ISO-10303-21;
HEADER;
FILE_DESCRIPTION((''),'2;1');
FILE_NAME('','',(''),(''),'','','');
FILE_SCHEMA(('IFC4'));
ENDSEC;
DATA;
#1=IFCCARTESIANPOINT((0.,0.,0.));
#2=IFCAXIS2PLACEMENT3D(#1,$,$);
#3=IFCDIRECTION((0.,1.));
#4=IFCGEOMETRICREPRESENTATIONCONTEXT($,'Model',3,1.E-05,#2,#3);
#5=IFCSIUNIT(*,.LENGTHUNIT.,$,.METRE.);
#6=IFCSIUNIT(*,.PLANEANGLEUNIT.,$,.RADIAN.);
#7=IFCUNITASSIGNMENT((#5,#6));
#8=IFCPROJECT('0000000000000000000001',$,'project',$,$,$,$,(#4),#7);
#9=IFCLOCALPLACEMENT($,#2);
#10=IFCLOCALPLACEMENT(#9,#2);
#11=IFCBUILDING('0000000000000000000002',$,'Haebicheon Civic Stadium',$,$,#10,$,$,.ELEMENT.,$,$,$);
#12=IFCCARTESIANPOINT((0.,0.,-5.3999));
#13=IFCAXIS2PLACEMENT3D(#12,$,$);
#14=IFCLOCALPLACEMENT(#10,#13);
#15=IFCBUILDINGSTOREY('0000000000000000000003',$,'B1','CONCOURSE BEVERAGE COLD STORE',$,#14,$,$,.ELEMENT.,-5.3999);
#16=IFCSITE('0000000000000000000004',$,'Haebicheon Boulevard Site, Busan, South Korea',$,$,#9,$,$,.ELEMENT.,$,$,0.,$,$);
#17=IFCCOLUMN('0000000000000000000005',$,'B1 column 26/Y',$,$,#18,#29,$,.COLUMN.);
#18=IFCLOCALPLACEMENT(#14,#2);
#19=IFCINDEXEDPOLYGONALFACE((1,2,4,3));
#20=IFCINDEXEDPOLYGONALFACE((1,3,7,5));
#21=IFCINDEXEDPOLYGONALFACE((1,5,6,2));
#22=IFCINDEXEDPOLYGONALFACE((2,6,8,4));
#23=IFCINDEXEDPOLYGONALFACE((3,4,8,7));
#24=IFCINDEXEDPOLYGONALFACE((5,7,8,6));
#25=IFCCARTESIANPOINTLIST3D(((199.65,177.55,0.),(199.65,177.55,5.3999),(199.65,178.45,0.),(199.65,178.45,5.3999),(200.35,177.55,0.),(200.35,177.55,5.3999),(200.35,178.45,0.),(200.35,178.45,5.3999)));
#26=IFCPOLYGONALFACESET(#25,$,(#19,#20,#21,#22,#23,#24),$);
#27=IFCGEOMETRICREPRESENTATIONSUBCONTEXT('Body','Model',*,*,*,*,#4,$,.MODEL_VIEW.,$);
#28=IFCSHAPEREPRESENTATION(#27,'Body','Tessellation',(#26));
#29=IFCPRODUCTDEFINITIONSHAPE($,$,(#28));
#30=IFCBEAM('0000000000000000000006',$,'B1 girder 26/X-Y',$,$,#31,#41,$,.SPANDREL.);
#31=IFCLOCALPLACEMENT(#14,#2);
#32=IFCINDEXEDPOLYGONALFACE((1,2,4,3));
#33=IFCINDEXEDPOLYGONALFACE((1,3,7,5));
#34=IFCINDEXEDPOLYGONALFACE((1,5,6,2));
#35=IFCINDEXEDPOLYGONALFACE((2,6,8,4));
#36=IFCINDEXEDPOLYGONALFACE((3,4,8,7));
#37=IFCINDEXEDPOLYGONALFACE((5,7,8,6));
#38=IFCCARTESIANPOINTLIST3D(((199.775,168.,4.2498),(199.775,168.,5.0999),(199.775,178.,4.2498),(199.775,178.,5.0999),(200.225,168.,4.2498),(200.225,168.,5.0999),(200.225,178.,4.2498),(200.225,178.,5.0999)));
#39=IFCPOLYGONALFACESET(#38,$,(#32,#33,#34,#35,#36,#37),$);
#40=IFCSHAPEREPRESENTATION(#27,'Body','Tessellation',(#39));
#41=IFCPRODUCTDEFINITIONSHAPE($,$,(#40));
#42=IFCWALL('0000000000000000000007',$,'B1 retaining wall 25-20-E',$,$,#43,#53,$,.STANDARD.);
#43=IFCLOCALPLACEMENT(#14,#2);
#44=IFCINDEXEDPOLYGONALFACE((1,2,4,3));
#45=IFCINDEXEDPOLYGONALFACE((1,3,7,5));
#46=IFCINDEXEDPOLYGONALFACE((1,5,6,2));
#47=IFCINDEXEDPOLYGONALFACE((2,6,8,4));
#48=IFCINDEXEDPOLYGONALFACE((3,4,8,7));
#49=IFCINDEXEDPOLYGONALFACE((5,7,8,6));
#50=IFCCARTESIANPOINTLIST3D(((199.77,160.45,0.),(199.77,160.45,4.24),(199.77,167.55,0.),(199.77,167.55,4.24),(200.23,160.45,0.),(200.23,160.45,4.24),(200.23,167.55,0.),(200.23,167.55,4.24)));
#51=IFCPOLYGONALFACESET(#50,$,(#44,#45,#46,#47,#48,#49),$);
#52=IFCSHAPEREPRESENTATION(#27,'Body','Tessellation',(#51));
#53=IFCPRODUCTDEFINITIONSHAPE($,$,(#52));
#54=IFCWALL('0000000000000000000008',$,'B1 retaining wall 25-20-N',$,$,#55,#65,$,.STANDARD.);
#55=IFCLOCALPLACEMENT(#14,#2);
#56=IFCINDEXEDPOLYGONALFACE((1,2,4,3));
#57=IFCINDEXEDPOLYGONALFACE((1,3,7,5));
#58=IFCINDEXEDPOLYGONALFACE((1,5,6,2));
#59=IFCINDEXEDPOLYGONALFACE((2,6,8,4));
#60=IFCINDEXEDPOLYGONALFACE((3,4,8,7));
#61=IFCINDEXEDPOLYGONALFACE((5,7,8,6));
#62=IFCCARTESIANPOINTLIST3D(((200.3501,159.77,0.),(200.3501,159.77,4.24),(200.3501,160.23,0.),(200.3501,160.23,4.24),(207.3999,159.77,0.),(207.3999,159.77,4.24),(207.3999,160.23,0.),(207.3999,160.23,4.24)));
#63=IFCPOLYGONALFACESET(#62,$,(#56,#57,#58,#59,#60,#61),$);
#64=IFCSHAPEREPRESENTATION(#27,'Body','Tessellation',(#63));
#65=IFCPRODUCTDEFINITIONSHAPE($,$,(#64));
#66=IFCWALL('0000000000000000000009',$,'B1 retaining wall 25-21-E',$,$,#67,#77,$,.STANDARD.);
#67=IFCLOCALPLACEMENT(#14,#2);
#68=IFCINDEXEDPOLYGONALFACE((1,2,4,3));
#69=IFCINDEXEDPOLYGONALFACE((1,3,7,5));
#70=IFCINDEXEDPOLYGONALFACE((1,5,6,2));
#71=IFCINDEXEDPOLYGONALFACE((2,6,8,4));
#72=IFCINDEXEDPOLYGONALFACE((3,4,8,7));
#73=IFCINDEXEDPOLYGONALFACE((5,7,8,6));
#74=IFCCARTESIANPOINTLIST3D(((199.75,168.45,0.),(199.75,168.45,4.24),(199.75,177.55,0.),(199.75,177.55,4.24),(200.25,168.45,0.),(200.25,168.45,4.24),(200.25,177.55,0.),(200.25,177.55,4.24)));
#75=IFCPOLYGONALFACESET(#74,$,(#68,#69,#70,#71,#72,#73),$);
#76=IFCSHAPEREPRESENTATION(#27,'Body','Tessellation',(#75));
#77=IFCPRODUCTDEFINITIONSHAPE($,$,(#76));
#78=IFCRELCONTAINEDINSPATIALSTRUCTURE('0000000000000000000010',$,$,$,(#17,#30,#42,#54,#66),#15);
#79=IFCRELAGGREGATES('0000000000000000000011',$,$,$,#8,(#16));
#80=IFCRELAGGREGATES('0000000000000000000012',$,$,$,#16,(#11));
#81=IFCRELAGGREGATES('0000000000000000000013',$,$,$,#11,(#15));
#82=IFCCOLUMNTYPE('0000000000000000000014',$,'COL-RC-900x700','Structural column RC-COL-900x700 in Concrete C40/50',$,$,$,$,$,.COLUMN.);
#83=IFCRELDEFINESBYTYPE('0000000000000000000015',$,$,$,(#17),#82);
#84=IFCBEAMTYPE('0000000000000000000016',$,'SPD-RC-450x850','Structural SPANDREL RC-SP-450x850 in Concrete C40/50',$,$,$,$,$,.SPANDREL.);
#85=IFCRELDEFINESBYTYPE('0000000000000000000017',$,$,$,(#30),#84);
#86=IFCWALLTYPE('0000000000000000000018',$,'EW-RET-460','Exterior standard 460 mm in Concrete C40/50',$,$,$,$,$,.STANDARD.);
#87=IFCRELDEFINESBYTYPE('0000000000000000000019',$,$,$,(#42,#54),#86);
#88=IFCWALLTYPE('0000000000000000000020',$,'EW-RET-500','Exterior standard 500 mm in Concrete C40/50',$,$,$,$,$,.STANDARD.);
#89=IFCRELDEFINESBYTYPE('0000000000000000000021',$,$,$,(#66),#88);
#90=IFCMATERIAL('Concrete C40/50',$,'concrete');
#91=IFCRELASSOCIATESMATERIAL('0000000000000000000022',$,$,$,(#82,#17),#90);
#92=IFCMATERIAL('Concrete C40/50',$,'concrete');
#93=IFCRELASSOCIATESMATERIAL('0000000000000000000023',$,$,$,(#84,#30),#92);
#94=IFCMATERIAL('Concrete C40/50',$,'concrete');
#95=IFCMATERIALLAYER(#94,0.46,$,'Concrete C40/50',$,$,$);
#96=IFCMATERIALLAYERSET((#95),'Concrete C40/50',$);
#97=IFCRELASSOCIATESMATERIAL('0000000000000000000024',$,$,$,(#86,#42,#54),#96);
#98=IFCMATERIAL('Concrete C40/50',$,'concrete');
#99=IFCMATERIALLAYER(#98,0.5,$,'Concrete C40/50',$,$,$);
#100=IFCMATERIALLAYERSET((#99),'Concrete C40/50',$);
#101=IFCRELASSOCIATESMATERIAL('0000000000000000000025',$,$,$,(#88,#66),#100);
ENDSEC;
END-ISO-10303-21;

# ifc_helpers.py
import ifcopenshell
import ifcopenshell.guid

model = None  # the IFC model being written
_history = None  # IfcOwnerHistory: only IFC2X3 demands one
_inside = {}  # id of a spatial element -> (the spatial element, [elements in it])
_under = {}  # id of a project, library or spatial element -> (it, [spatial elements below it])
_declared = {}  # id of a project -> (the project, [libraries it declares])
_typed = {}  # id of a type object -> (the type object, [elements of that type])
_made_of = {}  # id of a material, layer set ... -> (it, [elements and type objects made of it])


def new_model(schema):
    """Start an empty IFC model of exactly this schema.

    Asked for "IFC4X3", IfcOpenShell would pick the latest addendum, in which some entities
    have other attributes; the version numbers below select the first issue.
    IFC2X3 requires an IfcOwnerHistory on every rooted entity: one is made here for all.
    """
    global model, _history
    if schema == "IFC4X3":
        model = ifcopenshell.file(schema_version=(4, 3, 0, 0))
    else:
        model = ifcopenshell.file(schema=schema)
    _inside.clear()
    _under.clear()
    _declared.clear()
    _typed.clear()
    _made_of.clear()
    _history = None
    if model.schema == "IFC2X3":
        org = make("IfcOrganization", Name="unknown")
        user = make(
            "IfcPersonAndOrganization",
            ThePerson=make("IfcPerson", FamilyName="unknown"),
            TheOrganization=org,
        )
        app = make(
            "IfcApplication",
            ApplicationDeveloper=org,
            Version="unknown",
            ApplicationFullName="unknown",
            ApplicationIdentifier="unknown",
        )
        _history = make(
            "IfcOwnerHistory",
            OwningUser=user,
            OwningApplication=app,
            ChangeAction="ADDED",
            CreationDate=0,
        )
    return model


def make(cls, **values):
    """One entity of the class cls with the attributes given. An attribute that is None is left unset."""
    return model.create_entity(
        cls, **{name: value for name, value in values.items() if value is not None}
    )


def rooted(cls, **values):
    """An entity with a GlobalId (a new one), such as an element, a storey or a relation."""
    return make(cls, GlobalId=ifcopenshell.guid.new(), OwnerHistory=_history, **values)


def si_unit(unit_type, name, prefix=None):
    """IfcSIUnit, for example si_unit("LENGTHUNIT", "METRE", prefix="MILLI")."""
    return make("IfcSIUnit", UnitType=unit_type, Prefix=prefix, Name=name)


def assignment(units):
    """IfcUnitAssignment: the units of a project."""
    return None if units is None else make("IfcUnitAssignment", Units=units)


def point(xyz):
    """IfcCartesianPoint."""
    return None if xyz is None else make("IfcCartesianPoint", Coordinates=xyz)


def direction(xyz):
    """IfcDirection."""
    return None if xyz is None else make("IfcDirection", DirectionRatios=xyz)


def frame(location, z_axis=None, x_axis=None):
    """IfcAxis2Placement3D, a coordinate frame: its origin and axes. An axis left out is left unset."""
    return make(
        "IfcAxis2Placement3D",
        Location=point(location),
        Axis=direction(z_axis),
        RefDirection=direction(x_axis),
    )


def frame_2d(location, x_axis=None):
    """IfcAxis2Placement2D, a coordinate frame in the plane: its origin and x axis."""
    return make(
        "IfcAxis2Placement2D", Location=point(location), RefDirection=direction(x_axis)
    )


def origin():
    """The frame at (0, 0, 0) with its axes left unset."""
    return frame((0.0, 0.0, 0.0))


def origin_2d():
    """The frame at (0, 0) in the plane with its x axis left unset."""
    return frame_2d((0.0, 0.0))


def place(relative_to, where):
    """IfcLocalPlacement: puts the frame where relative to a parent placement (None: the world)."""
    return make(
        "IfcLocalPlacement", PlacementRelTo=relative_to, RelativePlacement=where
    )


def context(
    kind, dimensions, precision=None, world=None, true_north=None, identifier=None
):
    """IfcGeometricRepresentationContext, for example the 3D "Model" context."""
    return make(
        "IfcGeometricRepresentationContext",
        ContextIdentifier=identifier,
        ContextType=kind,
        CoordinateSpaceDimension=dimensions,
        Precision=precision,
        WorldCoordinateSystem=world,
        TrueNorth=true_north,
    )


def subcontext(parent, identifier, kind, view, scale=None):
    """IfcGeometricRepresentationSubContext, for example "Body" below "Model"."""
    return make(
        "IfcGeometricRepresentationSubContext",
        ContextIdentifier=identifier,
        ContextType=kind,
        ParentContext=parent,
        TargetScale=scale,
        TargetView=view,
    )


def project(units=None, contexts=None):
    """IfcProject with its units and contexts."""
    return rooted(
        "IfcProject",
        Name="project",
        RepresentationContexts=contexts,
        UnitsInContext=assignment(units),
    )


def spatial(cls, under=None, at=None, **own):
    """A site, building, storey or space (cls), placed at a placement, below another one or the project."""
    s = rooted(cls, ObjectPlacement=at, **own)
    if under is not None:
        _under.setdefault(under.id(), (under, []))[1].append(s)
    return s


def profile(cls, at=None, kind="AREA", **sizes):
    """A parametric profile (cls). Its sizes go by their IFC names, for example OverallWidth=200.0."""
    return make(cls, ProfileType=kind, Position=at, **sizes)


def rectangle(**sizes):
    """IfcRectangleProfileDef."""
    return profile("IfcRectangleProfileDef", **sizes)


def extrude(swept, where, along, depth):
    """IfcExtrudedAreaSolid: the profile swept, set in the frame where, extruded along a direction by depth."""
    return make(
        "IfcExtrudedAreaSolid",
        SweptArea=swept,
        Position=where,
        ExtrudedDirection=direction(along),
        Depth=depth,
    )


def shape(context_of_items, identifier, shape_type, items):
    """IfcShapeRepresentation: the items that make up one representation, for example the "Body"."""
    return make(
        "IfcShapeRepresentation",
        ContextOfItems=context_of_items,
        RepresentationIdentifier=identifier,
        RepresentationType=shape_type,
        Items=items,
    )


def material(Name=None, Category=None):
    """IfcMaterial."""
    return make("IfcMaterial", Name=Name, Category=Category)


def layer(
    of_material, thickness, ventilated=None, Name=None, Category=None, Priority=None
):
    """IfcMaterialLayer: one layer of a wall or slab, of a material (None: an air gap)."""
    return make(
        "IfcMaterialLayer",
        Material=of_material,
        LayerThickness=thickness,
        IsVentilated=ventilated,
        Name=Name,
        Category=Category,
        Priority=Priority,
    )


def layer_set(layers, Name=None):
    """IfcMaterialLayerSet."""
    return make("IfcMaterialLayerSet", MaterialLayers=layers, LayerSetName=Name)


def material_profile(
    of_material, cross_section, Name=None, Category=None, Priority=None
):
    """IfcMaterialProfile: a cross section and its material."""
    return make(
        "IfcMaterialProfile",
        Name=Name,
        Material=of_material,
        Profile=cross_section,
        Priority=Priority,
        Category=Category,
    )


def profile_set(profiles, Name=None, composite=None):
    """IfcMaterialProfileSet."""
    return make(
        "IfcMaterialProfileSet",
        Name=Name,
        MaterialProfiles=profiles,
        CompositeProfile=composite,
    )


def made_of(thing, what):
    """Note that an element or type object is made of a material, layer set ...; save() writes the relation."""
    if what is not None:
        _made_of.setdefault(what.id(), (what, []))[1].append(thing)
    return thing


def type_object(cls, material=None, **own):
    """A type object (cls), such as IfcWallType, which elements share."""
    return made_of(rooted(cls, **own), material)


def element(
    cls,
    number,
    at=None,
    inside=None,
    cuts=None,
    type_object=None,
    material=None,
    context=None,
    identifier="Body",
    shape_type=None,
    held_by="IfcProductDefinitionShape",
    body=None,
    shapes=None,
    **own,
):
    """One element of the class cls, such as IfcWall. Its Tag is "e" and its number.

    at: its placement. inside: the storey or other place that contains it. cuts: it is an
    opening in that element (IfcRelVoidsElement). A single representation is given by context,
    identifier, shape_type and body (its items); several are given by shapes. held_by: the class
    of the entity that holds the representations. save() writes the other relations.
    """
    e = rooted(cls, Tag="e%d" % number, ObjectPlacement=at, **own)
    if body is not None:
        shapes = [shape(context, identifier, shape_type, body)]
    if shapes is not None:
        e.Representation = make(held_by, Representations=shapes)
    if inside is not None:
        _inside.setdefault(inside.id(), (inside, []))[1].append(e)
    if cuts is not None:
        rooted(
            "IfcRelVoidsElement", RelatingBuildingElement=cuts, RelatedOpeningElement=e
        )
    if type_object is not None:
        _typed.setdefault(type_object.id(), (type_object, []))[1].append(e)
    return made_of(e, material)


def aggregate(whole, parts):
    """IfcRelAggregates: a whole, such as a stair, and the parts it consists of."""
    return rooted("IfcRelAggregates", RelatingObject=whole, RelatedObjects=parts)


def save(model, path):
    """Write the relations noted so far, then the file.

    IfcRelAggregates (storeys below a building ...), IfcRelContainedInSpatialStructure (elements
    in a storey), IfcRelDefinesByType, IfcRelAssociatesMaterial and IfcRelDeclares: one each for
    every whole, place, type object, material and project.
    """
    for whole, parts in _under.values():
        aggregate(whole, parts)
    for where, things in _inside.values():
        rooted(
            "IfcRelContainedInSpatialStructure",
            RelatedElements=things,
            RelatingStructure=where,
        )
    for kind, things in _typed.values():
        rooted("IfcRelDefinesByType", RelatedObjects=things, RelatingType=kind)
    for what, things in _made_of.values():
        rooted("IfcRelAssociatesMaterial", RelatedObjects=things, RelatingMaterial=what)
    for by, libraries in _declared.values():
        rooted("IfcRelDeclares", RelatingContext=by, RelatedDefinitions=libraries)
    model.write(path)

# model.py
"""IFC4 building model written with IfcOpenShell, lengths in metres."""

from ifc_helpers import new_model, si_unit, direction, frame, frame_2d, origin, origin_2d, place, context, subcontext, project, spatial, rectangle, extrude, material, layer, layer_set, material_profile, profile_set, type_object, element, save


model = new_model("IFC4")

# Units and contexts
model_context = context("Model", 3, precision=1e-05, world=origin(), true_north=direction((0.0, 1.0)))
body_context = subcontext(model_context, "Body", "Model", "MODEL_VIEW")
ifc_project = project(units=[si_unit("LENGTHUNIT", "METRE"), si_unit("PLANEANGLEUNIT", "RADIAN")], contexts=[model_context])

# Site, building, storey
site_placement = place(None, origin())
site = spatial("IfcSite", under=ifc_project, at=site_placement, Name="Haebicheon Boulevard Site, Busan, South Korea", CompositionType="ELEMENT", RefElevation=0.0)
building_placement = place(site_placement, origin())
building = spatial("IfcBuilding", under=site, at=building_placement, Name="Haebicheon Civic Stadium", CompositionType="ELEMENT")
storey_placement = place(building_placement, frame((0.0, 0.0, -5.3999)))
storey = spatial("IfcBuildingStorey", under=building, at=storey_placement, Name="B1", Description="CONCOURSE BEVERAGE COLD STORE", CompositionType="ELEMENT", Elevation=-5.3999)

# Column
ifc_material_1 = material(Name="Concrete C40/50", Category="concrete")
ifc_material_profile_1 = material_profile(ifc_material_1, rectangle(XDim=0.7, YDim=0.8999, at=origin_2d()), Name="RC-COL-900x700")
ifc_profile_set_1 = profile_set([ifc_material_profile_1], Name="Concrete C40/50")
column_type = type_object("IfcColumnType", Name="COL-RC-900x700", Description="Structural column RC-COL-900x700 in Concrete C40/50", PredefinedType="COLUMN", material=ifc_profile_set_1)
for number, where, z_axis, x_axis, name in (
    (1, (200.0, 178.0, 0.0), (0.0, 0.0, 1.0), (1.0, 0.0, 0.0), "B1 column 26/Y"),
):
    element("IfcColumn", number, at=place(storey_placement, frame(where, z_axis=z_axis, x_axis=x_axis)), inside=storey, type_object=column_type, material=ifc_profile_set_1, Name=name, PredefinedType="COLUMN", context=body_context, shape_type="SweptSolid", body=[
        extrude(rectangle(XDim=0.7, YDim=0.8999, at=origin_2d()), origin(), (0.0, 0.0, 1.0), 5.3999),
    ])

# Beam
ifc_material_2 = material(Name="Concrete C40/50", Category="concrete")
ifc_material_profile_2 = material_profile(ifc_material_2, rectangle(XDim=0.45, YDim=0.8501, at=origin_2d()), Name="RC-SP-450x850")
ifc_profile_set_2 = profile_set([ifc_material_profile_2], Name="Concrete C40/50")
beam_type = type_object("IfcBeamType", Name="SPD-RC-450x850", Description="Structural SPANDREL RC-SP-450x850 in Concrete C40/50", PredefinedType="SPANDREL", material=ifc_profile_set_2)
beam_placement = place(storey_placement, frame((200.0, 168.0, 4.6748), z_axis=(0.0, 1.0, 0.0), x_axis=(-1.0, 0.0, 0.0)))
element("IfcBeam", 2, at=beam_placement, inside=storey, type_object=beam_type, material=ifc_profile_set_2, Name="B1 girder 26/X-Y", PredefinedType="SPANDREL", context=body_context, shape_type="SweptSolid", body=[
    extrude(rectangle(XDim=0.45, YDim=0.8501, at=origin_2d()), origin(), (0.0, 0.0, 1.0), 10.0),
])

# Walls
ifc_material_3 = material(Name="Concrete C40/50", Category="concrete")
ifc_layer_1 = layer(ifc_material_3, 0.46, Name="Concrete C40/50")
ifc_layer_set_1 = layer_set([ifc_layer_1], Name="Concrete C40/50")
wall_type_1 = type_object("IfcWallType", Name="EW-RET-460", Description="Exterior standard 460 mm in Concrete C40/50", PredefinedType="STANDARD", material=ifc_layer_set_1)
wall_1_placement = place(storey_placement, frame((200.0, 160.45, 0.0), z_axis=(0.0, 0.0, 1.0), x_axis=(0.0, 1.0, 0.0)))
element("IfcWall", 3, at=wall_1_placement, inside=storey, type_object=wall_type_1, material=ifc_layer_set_1, Name="B1 retaining wall 25-20-E", PredefinedType="STANDARD", context=body_context, shape_type="SweptSolid", body=[
    extrude(rectangle(XDim=7.1001, YDim=0.46, at=frame_2d((3.55, 0.0))), origin(), (0.0, 0.0, 1.0), 4.24),
])
wall_2_placement = place(storey_placement, frame((200.3501, 160.0, 0.0), z_axis=(0.0, 0.0, 1.0), x_axis=(1.0, 0.0, 0.0)))
element("IfcWall", 4, at=wall_2_placement, inside=storey, type_object=wall_type_1, material=ifc_layer_set_1, Name="B1 retaining wall 25-20-N", PredefinedType="STANDARD", context=body_context, shape_type="SweptSolid", body=[
    extrude(rectangle(XDim=7.0498, YDim=0.46, at=frame_2d((3.5249, 0.0))), origin(), (0.0, 0.0, 1.0), 4.24),
])
ifc_material_4 = material(Name="Concrete C40/50", Category="concrete")
ifc_layer_2 = layer(ifc_material_4, 0.5, Name="Concrete C40/50")
ifc_layer_set_2 = layer_set([ifc_layer_2], Name="Concrete C40/50")
wall_type_2 = type_object("IfcWallType", Name="EW-RET-500", Description="Exterior standard 500 mm in Concrete C40/50", PredefinedType="STANDARD", material=ifc_layer_set_2)
wall_3_placement = place(storey_placement, frame((200.0, 168.45, 0.0), z_axis=(0.0, 0.0, 1.0), x_axis=(0.0, 1.0, 0.0)))
element("IfcWall", 5, at=wall_3_placement, inside=storey, type_object=wall_type_2, material=ifc_layer_set_2, Name="B1 retaining wall 25-21-E", PredefinedType="STANDARD", context=body_context, shape_type="SweptSolid", body=[
    extrude(rectangle(XDim=9.1001, YDim=0.5, at=frame_2d((4.55, 0.0))), origin(), (0.0, 0.0, 1.0), 4.24),
])

save(model, "model.ifc")
